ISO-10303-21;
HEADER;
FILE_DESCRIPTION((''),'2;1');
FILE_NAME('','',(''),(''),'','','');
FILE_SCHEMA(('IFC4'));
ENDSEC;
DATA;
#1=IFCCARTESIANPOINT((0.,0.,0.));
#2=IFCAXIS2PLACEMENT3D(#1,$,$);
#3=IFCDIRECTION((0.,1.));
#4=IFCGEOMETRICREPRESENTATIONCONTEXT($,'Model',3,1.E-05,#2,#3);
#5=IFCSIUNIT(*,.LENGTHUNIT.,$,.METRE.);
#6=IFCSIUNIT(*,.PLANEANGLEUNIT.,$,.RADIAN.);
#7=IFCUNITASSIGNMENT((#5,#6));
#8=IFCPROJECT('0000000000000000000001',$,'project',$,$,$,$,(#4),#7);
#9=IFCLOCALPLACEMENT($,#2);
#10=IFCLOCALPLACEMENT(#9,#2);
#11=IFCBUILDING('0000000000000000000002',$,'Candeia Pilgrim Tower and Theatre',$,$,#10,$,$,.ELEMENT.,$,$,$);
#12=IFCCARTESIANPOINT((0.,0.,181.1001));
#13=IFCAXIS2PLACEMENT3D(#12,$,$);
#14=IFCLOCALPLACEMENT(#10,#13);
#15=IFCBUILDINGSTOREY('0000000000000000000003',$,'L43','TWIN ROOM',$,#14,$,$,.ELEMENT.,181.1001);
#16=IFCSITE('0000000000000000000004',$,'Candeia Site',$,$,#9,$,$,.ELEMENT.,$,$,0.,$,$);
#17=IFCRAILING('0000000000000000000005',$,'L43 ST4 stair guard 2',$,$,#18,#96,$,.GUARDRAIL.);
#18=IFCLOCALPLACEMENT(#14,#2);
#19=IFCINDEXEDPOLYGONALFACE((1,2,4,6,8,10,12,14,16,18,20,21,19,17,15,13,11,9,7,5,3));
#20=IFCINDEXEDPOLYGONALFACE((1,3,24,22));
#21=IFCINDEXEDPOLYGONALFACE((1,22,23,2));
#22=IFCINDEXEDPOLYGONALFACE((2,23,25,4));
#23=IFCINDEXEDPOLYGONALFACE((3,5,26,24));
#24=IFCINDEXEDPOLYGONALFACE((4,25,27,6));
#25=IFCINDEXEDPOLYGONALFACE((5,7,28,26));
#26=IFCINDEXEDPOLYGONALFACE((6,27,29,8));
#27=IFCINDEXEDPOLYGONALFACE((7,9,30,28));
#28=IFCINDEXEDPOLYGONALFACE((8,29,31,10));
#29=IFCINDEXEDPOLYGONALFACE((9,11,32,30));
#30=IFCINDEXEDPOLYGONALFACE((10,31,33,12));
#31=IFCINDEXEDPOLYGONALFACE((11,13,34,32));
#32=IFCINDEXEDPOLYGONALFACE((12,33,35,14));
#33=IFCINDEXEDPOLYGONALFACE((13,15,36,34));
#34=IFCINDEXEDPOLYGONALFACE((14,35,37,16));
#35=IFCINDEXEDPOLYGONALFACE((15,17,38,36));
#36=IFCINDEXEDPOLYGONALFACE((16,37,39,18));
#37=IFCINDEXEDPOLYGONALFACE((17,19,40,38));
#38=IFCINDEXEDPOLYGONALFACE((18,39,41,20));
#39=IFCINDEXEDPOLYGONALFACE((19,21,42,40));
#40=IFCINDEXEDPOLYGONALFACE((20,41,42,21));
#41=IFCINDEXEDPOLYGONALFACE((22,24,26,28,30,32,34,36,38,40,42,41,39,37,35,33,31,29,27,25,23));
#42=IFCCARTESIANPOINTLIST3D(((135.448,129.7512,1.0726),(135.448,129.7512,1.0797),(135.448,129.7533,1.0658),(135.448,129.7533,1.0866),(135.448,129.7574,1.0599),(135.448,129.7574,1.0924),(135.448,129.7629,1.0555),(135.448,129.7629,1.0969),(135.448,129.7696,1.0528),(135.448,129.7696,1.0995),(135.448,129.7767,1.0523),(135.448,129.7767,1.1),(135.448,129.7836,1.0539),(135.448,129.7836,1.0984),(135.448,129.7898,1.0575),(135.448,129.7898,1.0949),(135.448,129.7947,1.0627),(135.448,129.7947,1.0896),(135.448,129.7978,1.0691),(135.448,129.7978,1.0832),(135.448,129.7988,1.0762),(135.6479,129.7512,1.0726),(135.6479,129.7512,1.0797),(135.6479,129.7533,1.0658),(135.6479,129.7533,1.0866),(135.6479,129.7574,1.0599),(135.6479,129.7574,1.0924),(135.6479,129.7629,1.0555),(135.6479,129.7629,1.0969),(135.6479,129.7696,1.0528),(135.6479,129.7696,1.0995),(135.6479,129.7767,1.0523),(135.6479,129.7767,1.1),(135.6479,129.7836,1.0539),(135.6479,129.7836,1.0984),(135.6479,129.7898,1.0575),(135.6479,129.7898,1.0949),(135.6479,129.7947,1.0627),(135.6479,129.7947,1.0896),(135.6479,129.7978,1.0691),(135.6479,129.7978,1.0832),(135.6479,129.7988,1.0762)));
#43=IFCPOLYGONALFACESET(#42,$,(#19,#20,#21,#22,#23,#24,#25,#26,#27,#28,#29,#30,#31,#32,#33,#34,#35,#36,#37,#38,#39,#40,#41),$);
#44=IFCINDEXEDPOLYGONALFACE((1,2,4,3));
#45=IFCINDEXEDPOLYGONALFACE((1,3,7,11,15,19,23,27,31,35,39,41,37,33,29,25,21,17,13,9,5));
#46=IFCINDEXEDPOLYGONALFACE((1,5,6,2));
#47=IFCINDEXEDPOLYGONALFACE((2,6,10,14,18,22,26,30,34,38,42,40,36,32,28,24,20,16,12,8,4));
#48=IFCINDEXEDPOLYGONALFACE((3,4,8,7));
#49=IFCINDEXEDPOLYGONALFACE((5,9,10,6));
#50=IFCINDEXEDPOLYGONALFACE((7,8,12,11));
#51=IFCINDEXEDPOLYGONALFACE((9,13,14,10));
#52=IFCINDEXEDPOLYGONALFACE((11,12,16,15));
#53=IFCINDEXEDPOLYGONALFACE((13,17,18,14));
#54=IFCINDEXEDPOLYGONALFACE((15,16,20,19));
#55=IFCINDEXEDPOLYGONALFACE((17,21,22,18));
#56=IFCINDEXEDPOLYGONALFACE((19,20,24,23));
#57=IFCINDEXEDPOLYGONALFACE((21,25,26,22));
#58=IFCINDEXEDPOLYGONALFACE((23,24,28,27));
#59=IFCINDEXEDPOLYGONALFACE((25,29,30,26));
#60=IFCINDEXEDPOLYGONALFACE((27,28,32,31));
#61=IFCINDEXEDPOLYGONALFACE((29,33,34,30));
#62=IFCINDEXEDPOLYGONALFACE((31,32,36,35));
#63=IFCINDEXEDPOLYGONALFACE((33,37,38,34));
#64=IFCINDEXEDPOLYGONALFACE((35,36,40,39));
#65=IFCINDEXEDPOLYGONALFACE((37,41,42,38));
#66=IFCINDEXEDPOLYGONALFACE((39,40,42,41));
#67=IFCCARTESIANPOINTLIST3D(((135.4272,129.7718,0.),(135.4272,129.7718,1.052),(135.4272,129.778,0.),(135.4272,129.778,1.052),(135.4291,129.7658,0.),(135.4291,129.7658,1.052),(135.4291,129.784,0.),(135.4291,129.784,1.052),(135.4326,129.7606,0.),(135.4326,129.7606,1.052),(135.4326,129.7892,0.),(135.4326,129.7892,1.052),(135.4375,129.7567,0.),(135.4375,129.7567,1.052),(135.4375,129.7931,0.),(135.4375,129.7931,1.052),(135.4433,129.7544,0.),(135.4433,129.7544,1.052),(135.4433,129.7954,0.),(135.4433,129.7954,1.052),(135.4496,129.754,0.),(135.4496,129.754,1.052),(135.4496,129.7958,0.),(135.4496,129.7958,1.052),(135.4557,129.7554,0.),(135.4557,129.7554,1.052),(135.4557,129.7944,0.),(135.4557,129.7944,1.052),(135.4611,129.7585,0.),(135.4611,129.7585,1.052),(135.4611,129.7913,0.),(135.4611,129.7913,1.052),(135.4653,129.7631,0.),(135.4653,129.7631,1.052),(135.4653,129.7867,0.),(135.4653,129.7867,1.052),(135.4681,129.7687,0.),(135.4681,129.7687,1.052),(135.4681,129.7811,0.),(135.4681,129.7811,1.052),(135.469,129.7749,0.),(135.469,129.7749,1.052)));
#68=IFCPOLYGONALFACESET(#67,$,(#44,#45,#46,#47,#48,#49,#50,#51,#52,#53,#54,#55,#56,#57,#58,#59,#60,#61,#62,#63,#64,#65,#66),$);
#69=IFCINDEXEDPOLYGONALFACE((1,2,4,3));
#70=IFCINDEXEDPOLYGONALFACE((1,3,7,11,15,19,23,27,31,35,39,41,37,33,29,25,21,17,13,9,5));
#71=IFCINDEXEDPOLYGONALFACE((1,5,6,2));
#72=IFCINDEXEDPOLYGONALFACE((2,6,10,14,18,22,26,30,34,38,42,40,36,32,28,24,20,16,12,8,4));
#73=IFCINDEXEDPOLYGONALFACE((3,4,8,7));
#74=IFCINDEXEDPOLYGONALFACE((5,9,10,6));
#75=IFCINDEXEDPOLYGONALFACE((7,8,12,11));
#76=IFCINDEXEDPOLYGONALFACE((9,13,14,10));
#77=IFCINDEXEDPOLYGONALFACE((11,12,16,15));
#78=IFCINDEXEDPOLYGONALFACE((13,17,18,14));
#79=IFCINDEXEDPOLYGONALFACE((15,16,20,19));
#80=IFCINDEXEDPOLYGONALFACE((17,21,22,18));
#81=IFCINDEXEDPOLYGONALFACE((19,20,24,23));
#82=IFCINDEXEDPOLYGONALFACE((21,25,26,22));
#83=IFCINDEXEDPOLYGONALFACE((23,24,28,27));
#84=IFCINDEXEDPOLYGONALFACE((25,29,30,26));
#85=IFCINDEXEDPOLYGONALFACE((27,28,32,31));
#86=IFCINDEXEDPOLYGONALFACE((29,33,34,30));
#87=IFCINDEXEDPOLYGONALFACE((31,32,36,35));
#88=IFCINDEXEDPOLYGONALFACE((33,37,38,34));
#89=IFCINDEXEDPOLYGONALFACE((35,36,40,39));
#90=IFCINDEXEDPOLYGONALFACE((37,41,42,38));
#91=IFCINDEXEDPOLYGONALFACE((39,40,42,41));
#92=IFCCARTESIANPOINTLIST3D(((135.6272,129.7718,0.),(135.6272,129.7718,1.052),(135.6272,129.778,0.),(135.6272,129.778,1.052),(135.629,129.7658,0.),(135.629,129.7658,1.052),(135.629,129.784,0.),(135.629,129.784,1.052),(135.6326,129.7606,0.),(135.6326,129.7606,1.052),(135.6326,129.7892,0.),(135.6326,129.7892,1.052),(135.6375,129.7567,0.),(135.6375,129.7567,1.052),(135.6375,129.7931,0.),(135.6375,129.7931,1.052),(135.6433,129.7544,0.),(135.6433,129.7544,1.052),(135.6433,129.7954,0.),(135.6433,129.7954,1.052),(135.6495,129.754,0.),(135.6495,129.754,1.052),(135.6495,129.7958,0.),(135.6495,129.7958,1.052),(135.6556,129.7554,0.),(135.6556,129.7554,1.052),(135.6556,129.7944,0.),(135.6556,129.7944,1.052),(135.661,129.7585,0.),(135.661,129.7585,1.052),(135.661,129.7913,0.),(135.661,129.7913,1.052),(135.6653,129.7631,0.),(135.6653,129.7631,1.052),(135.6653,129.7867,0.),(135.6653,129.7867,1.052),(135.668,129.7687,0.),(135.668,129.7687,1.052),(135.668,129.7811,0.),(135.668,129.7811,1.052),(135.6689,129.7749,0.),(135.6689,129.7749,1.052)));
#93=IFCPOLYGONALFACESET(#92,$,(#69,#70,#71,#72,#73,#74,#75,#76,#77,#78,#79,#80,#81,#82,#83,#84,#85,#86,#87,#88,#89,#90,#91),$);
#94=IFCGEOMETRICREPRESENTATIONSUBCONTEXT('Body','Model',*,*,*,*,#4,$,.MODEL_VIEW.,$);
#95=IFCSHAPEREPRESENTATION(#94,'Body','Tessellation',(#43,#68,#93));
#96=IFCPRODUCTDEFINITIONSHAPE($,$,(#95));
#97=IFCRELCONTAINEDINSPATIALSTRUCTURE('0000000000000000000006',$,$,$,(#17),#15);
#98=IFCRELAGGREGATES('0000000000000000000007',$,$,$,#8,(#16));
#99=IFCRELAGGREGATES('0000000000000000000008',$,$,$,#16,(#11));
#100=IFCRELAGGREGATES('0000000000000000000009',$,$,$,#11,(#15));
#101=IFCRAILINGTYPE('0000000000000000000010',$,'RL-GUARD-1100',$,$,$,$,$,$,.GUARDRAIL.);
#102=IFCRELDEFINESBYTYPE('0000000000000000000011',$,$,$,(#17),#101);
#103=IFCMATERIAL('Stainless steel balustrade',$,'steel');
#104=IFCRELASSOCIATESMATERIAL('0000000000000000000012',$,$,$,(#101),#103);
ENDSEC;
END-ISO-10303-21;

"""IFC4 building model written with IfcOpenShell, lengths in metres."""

from ifc_helpers import new_model, si_unit, direction, frame, origin, origin_2d, place, context, subcontext, project, spatial, circle, extrude, material, type_object, element, save


model = new_model("IFC4")

# Units and contexts
model_context = context("Model", 3, precision=1e-05, world=origin(), true_north=direction((0.0, 1.0)))
body_context = subcontext(model_context, "Body", "Model", "MODEL_VIEW")
ifc_project = project(units=[si_unit("LENGTHUNIT", "METRE"), si_unit("PLANEANGLEUNIT", "RADIAN")], contexts=[model_context])

# Site, building, storey
site_placement = place(None, origin())
site = spatial("IfcSite", under=ifc_project, at=site_placement, Name="Candeia Site", CompositionType="ELEMENT", RefElevation=0.0)
building_placement = place(site_placement, origin())
building = spatial("IfcBuilding", under=site, at=building_placement, Name="Candeia Pilgrim Tower and Theatre", CompositionType="ELEMENT")
storey_placement = place(building_placement, frame((0.0, 0.0, 181.1001)))
storey = spatial("IfcBuildingStorey", under=building, at=storey_placement, Name="L43", Description="TWIN ROOM", CompositionType="ELEMENT", Elevation=181.1001)

# Railing
ifc_material_1 = material(Name="Stainless steel balustrade", Category="steel")
railing_type_1 = type_object("IfcRailingType", Name="RL-GUARD-1100", PredefinedType="GUARDRAIL", material=ifc_material_1)
railing_1_placement = place(storey_placement, frame((135.448, 129.7749, 0.0)))
element("IfcRailing", 1, at=railing_1_placement, inside=storey, type_object=railing_type_1, Name="L43 ST4 stair guard 2", PredefinedType="GUARDRAIL", context=body_context, shape_type="SweptSolid", body=[
    extrude(circle(Radius=0.0239, at=origin_2d()), frame((0.0, 0.0, 1.0762), z_axis=(1.0, 0.0, 0.0), x_axis=(0.0, 1.0, 0.0)), (0.0, 0.0, 1.0), 0.2),
    extrude(circle(Radius=0.021, at=origin_2d()), origin(), (0.0, 0.0, 1.0), 1.052),
    extrude(circle(Radius=0.021, at=origin_2d()), frame((0.2, 0.0, 0.0)), (0.0, 0.0, 1.0), 1.052),
])

save(model, "model.ifc")
